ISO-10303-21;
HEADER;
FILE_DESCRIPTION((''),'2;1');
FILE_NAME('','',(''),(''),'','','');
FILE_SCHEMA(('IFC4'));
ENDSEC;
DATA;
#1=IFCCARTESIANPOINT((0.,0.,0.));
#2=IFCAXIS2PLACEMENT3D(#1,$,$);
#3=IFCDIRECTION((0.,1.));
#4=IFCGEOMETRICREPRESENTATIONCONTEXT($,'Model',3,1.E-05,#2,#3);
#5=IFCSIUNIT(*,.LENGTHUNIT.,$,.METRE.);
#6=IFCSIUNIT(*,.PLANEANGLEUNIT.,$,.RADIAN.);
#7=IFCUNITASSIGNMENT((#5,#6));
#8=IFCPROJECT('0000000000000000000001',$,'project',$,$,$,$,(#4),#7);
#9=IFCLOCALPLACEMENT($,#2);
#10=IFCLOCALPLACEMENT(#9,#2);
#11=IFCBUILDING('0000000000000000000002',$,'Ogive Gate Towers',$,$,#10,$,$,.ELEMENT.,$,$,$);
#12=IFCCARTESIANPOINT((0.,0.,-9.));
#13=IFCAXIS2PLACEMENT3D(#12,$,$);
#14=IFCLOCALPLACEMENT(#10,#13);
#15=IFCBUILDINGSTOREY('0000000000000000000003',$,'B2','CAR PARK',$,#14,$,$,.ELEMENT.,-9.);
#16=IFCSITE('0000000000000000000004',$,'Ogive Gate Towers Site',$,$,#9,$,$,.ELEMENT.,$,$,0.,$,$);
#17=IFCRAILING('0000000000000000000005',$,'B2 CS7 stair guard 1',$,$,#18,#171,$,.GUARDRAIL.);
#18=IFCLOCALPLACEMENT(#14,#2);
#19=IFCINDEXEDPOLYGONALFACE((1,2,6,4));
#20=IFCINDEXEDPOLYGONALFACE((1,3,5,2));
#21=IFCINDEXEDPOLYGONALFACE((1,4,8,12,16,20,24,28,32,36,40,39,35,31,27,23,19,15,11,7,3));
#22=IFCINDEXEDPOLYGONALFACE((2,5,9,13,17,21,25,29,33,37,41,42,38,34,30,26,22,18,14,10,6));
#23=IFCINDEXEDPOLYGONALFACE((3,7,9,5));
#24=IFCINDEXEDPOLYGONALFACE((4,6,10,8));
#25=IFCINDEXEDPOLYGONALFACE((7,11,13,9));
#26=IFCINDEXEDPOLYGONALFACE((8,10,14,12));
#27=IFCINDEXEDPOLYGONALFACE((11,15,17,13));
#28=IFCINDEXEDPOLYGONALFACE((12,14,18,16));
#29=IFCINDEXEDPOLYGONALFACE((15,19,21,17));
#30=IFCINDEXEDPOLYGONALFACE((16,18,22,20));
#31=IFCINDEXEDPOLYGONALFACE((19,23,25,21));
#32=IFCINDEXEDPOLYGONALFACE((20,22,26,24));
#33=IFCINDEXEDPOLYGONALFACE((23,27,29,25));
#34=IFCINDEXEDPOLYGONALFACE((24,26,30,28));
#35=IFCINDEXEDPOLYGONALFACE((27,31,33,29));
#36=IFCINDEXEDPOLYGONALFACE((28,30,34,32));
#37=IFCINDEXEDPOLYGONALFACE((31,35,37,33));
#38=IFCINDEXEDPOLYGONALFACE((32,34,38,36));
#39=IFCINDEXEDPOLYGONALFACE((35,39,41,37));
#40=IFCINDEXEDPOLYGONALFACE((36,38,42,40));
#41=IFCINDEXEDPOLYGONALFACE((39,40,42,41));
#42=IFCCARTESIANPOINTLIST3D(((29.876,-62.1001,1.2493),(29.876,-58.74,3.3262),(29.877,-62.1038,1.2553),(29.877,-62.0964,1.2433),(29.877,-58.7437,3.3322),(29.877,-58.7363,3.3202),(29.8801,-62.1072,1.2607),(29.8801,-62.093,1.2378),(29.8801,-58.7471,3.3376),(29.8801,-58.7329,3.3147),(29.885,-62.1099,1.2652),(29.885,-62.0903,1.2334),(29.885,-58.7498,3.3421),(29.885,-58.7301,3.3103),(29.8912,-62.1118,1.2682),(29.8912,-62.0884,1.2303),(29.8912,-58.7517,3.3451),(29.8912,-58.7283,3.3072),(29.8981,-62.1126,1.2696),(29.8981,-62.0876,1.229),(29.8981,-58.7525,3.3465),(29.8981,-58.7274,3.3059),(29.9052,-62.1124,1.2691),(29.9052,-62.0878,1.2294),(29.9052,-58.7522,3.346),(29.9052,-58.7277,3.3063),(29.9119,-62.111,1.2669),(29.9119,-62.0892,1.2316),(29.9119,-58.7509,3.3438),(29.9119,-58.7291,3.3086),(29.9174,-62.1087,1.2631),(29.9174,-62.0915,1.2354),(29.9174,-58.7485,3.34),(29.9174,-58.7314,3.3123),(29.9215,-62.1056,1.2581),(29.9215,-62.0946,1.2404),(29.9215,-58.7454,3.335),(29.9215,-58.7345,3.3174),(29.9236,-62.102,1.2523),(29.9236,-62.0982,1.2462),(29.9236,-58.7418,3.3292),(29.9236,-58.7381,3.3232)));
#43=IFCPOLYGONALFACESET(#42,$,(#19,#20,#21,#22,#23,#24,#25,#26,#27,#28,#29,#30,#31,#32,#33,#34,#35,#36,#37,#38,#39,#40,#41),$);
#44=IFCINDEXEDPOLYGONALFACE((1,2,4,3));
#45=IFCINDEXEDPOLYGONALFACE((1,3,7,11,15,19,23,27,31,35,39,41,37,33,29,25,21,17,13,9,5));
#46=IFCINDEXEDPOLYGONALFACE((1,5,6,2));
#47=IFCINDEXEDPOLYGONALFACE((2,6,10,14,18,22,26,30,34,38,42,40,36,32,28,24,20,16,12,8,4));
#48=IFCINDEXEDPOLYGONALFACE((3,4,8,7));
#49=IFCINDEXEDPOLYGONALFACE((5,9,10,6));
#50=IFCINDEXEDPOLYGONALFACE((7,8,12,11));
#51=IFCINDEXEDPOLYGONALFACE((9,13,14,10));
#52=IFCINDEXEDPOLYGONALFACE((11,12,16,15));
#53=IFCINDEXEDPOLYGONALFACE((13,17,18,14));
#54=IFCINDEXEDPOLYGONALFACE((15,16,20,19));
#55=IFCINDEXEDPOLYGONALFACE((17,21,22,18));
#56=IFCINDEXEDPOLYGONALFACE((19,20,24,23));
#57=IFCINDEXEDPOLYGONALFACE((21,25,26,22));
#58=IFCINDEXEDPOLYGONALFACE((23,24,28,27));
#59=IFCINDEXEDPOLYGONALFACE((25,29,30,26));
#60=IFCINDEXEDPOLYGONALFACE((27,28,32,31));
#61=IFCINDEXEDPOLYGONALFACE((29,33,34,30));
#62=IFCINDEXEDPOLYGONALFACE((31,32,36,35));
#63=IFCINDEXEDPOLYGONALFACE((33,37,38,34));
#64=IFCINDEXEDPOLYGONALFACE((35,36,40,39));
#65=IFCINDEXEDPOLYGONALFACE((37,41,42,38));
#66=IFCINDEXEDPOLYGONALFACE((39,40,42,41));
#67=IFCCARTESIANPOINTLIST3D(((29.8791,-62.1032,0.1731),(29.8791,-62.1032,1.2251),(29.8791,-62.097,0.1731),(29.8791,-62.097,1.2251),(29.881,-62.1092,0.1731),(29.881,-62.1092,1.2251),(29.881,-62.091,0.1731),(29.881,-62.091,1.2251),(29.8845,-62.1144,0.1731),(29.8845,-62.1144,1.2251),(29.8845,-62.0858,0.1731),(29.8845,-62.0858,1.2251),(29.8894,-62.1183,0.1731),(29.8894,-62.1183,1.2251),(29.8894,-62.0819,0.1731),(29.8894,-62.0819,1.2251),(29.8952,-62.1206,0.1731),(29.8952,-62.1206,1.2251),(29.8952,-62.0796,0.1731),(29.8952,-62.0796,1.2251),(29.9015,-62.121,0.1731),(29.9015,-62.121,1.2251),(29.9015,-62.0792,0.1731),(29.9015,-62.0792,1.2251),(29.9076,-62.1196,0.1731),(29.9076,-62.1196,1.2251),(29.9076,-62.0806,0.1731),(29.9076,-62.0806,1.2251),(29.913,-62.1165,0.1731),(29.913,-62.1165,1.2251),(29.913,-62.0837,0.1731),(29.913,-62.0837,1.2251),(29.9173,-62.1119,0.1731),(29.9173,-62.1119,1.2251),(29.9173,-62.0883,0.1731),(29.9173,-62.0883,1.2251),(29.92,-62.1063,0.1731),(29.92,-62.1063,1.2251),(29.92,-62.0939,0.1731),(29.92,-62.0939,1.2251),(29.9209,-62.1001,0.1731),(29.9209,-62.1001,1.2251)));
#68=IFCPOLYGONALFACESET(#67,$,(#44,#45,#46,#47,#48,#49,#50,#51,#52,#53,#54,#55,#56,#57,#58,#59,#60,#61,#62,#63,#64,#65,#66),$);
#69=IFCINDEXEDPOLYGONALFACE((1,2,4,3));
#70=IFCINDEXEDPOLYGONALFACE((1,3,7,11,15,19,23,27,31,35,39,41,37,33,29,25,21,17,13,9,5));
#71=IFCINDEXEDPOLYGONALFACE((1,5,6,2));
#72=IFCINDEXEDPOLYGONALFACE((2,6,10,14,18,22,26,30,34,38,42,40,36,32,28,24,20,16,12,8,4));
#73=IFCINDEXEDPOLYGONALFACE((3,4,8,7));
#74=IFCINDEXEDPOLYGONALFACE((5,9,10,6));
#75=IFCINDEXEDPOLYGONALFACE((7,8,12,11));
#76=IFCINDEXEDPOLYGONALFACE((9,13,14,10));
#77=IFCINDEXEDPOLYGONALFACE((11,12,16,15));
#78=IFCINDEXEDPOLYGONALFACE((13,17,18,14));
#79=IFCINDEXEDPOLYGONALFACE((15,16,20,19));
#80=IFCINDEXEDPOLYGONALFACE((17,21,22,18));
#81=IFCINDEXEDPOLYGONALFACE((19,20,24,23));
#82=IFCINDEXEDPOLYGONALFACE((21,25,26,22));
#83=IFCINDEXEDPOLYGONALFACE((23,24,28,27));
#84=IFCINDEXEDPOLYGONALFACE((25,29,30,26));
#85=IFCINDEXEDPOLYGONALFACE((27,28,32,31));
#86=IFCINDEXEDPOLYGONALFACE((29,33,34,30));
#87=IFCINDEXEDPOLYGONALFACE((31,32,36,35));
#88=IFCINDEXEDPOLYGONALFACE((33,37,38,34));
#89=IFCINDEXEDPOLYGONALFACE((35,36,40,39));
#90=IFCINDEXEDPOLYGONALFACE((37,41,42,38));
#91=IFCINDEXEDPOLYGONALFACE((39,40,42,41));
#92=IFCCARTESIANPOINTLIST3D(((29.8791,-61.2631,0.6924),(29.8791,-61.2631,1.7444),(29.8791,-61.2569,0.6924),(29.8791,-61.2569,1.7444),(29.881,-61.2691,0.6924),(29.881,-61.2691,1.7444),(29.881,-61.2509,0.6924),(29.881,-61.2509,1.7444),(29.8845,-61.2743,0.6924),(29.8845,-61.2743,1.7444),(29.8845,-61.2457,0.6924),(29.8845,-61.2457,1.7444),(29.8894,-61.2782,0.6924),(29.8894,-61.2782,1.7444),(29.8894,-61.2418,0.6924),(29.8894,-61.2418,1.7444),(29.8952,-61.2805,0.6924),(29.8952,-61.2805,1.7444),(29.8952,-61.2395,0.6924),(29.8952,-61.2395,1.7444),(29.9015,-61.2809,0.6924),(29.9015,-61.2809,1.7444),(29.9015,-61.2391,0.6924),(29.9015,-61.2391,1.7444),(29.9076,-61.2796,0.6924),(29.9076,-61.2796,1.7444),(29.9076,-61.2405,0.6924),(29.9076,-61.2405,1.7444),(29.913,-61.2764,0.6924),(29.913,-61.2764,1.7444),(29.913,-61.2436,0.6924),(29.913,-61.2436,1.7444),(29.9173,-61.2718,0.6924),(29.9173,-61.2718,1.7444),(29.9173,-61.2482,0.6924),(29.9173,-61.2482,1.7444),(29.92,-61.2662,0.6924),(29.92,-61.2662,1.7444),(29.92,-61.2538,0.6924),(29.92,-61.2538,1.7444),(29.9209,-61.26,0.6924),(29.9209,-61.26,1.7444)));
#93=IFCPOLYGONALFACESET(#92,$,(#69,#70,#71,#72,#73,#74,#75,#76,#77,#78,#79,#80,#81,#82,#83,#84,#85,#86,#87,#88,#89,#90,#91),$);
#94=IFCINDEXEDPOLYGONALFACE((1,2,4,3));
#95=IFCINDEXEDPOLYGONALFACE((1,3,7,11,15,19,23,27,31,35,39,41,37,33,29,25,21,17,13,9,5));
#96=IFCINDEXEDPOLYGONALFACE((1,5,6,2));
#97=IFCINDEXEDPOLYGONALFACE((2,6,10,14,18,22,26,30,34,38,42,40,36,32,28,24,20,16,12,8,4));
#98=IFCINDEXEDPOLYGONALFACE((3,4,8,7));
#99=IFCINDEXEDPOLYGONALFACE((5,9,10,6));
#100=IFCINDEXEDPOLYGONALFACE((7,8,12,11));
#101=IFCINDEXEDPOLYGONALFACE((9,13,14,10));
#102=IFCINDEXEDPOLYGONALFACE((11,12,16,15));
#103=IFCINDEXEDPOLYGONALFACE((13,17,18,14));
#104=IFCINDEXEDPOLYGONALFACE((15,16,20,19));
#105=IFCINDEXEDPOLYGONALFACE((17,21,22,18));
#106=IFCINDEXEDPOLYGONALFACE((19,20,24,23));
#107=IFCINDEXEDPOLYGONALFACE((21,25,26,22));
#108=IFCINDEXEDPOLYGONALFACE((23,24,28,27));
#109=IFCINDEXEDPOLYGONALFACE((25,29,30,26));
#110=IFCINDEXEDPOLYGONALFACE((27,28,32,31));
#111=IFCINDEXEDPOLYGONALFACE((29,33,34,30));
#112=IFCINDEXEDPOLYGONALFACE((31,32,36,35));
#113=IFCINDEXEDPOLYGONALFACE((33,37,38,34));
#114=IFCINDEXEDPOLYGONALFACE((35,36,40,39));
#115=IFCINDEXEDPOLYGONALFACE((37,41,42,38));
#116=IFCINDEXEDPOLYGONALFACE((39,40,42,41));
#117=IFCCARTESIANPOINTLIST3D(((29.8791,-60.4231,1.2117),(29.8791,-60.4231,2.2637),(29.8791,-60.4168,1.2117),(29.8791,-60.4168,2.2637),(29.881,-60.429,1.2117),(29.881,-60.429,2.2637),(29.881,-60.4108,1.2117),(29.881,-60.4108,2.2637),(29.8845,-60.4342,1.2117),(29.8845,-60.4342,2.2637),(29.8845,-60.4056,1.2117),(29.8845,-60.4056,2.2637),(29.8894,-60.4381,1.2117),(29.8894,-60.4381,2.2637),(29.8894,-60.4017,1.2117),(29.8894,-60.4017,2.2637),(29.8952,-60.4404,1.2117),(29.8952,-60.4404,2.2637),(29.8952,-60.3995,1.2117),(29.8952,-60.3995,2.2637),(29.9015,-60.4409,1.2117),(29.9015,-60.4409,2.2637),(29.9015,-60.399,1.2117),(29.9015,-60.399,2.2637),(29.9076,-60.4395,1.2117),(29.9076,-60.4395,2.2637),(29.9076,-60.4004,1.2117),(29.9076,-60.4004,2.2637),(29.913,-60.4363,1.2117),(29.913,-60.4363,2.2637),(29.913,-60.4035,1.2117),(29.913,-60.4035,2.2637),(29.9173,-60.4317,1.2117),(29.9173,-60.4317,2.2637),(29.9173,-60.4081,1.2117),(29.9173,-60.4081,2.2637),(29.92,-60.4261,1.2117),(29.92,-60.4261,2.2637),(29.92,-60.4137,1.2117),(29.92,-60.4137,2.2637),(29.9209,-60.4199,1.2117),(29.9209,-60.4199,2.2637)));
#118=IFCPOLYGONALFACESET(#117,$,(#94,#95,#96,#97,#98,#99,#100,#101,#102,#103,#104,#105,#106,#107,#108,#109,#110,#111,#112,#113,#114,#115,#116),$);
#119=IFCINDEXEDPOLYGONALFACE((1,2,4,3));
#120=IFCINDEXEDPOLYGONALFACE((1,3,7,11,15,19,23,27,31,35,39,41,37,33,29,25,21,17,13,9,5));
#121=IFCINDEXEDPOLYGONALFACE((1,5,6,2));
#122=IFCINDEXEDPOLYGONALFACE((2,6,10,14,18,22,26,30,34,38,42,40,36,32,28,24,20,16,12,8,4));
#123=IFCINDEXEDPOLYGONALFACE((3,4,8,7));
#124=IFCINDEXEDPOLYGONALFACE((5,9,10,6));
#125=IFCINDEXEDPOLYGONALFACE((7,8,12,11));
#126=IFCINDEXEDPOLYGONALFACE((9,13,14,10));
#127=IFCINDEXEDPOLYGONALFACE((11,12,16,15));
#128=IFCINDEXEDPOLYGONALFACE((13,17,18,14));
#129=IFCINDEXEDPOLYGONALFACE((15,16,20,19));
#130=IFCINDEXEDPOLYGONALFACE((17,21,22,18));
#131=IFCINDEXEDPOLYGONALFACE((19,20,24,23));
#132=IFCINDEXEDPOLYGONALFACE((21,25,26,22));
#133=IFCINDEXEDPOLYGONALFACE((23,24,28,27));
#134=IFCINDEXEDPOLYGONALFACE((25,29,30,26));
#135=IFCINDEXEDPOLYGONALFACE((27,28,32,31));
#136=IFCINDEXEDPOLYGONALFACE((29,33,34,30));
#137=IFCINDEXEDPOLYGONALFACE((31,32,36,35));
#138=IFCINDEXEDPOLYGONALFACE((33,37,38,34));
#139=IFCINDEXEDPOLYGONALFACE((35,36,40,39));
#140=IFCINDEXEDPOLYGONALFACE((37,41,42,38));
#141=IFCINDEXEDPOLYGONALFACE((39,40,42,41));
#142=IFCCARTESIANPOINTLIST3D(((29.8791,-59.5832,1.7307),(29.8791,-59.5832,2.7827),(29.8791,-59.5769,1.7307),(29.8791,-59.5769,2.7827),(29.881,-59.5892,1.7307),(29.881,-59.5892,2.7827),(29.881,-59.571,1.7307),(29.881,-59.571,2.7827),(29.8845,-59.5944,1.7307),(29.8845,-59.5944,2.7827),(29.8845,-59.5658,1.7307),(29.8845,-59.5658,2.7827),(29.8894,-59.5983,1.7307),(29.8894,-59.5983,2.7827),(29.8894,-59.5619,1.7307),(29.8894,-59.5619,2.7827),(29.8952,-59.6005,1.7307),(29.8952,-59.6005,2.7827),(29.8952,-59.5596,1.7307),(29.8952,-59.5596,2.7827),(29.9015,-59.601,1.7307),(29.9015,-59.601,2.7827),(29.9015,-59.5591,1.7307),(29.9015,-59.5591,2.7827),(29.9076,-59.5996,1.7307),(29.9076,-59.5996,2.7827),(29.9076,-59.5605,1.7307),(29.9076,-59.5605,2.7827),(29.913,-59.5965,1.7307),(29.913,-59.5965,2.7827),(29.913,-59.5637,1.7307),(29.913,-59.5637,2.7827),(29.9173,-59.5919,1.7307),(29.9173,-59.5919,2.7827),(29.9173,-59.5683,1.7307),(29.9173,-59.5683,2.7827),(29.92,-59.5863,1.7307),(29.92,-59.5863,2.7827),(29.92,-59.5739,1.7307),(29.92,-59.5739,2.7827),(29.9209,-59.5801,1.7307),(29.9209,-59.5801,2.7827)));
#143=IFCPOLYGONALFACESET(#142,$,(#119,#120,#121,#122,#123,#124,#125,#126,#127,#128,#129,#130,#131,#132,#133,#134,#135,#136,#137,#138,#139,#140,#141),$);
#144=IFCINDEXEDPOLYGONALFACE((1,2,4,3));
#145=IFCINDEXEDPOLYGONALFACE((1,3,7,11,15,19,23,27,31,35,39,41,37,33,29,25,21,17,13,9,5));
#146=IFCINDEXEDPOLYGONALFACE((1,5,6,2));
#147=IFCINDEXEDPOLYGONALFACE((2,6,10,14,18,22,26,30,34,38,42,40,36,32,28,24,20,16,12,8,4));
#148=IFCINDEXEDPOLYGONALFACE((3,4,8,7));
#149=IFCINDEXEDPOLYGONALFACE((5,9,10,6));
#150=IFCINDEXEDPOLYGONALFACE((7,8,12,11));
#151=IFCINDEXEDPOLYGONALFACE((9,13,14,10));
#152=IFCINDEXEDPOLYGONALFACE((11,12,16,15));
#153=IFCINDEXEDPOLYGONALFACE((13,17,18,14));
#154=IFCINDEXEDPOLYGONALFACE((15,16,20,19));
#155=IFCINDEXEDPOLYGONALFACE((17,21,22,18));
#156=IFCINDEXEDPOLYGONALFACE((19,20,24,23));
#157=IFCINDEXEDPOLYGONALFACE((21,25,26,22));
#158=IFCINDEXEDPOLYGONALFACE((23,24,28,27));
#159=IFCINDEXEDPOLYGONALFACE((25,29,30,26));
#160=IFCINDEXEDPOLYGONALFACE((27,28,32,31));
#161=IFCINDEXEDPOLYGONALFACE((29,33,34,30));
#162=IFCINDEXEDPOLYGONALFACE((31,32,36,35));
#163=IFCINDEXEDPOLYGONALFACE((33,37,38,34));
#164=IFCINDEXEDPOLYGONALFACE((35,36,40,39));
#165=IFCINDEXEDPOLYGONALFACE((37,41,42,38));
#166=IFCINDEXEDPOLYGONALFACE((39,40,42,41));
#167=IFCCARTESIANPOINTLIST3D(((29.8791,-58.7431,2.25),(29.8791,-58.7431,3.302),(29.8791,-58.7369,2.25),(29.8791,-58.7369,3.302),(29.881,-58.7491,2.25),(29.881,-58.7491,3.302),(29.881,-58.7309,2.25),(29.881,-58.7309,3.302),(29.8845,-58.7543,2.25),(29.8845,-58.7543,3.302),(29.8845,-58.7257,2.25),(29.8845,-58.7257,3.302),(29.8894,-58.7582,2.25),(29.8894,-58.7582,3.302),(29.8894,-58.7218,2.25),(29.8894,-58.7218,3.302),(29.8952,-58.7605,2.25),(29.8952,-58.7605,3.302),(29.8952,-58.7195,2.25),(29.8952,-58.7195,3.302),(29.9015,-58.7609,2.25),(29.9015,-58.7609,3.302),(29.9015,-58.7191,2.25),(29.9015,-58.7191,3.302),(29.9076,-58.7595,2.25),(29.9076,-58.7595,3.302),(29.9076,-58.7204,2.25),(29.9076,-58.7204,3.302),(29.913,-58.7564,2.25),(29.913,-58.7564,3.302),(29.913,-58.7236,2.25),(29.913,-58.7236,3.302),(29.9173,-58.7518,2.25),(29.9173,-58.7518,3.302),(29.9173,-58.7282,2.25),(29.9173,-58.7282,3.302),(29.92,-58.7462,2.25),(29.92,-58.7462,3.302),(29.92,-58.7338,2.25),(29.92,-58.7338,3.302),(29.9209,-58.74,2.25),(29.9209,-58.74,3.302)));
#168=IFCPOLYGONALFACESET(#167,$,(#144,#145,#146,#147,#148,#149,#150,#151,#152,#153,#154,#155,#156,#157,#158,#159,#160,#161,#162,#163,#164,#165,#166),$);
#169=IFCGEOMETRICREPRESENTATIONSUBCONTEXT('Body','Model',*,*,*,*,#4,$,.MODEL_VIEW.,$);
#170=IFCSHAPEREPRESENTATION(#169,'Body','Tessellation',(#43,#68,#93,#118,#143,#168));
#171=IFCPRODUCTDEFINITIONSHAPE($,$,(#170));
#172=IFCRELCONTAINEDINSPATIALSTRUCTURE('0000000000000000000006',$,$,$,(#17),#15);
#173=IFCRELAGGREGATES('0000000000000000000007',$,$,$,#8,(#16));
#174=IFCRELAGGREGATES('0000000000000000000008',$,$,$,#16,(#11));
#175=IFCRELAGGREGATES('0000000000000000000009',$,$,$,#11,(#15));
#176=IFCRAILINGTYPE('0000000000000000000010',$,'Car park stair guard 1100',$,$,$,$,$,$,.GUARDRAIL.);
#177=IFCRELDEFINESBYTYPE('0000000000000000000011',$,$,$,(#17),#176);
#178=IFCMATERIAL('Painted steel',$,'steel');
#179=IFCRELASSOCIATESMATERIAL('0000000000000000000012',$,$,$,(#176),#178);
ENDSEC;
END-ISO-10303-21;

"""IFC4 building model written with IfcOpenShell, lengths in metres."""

from ifc_helpers import new_model, si_unit, direction, frame, origin, origin_2d, place, context, subcontext, project, spatial, circle, extrude, material, type_object, element, save


model = new_model("IFC4")

# Units and contexts
model_context = context("Model", 3, precision=1e-05, world=origin(), true_north=direction((0.0, 1.0)))
body_context = subcontext(model_context, "Body", "Model", "MODEL_VIEW")
ifc_project = project(units=[si_unit("LENGTHUNIT", "METRE"), si_unit("PLANEANGLEUNIT", "RADIAN")], contexts=[model_context])

# Site, building, storey
site_placement = place(None, origin())
site = spatial("IfcSite", under=ifc_project, at=site_placement, Name="Ogive Gate Towers Site", CompositionType="ELEMENT", RefElevation=0.0)
building_placement = place(site_placement, origin())
building = spatial("IfcBuilding", under=site, at=building_placement, Name="Ogive Gate Towers", CompositionType="ELEMENT")
storey_placement = place(building_placement, frame((0.0, 0.0, -9.0)))
storey = spatial("IfcBuildingStorey", under=building, at=storey_placement, Name="B2", Description="CAR PARK", CompositionType="ELEMENT", Elevation=-9.0)

# Railing
ifc_material_1 = material(Name="Painted steel", Category="steel")
railing_type_1 = type_object("IfcRailingType", Name="Car park stair guard 1100", PredefinedType="GUARDRAIL", material=ifc_material_1)
railing_1_placement = place(storey_placement, frame((29.8999, -62.1001, 0.1731)))
element("IfcRailing", 1, at=railing_1_placement, inside=storey, type_object=railing_type_1, Name="B2 CS7 stair guard 1", PredefinedType="GUARDRAIL", context=body_context, shape_type="SweptSolid", body=[
    extrude(circle(Radius=0.0239, at=origin_2d()), frame((0.0, 0.0, 1.0762), z_axis=(0.0, 0.850623, 0.525776), x_axis=(-1.0, 0.0, 0.0)), (0.0, 0.0, 1.0), 3.9502),
    extrude(circle(Radius=0.021, at=origin_2d()), origin(), (0.0, 0.0, 1.0), 1.052),
    extrude(circle(Radius=0.021, at=origin_2d()), frame((0.0, 0.8401, 0.5193)), (0.0, 0.0, 1.0), 1.052),
    extrude(circle(Radius=0.021, at=origin_2d()), frame((0.0, 1.6802, 1.0386)), (0.0, 0.0, 1.0), 1.052),
    extrude(circle(Radius=0.021, at=origin_2d()), frame((0.0, 2.52, 1.5576)), (0.0, 0.0, 1.0), 1.052),
    extrude(circle(Radius=0.021, at=origin_2d()), frame((0.0, 3.3601, 2.0769)), (0.0, 0.0, 1.0), 1.052),
])

save(model, "model.ifc")
